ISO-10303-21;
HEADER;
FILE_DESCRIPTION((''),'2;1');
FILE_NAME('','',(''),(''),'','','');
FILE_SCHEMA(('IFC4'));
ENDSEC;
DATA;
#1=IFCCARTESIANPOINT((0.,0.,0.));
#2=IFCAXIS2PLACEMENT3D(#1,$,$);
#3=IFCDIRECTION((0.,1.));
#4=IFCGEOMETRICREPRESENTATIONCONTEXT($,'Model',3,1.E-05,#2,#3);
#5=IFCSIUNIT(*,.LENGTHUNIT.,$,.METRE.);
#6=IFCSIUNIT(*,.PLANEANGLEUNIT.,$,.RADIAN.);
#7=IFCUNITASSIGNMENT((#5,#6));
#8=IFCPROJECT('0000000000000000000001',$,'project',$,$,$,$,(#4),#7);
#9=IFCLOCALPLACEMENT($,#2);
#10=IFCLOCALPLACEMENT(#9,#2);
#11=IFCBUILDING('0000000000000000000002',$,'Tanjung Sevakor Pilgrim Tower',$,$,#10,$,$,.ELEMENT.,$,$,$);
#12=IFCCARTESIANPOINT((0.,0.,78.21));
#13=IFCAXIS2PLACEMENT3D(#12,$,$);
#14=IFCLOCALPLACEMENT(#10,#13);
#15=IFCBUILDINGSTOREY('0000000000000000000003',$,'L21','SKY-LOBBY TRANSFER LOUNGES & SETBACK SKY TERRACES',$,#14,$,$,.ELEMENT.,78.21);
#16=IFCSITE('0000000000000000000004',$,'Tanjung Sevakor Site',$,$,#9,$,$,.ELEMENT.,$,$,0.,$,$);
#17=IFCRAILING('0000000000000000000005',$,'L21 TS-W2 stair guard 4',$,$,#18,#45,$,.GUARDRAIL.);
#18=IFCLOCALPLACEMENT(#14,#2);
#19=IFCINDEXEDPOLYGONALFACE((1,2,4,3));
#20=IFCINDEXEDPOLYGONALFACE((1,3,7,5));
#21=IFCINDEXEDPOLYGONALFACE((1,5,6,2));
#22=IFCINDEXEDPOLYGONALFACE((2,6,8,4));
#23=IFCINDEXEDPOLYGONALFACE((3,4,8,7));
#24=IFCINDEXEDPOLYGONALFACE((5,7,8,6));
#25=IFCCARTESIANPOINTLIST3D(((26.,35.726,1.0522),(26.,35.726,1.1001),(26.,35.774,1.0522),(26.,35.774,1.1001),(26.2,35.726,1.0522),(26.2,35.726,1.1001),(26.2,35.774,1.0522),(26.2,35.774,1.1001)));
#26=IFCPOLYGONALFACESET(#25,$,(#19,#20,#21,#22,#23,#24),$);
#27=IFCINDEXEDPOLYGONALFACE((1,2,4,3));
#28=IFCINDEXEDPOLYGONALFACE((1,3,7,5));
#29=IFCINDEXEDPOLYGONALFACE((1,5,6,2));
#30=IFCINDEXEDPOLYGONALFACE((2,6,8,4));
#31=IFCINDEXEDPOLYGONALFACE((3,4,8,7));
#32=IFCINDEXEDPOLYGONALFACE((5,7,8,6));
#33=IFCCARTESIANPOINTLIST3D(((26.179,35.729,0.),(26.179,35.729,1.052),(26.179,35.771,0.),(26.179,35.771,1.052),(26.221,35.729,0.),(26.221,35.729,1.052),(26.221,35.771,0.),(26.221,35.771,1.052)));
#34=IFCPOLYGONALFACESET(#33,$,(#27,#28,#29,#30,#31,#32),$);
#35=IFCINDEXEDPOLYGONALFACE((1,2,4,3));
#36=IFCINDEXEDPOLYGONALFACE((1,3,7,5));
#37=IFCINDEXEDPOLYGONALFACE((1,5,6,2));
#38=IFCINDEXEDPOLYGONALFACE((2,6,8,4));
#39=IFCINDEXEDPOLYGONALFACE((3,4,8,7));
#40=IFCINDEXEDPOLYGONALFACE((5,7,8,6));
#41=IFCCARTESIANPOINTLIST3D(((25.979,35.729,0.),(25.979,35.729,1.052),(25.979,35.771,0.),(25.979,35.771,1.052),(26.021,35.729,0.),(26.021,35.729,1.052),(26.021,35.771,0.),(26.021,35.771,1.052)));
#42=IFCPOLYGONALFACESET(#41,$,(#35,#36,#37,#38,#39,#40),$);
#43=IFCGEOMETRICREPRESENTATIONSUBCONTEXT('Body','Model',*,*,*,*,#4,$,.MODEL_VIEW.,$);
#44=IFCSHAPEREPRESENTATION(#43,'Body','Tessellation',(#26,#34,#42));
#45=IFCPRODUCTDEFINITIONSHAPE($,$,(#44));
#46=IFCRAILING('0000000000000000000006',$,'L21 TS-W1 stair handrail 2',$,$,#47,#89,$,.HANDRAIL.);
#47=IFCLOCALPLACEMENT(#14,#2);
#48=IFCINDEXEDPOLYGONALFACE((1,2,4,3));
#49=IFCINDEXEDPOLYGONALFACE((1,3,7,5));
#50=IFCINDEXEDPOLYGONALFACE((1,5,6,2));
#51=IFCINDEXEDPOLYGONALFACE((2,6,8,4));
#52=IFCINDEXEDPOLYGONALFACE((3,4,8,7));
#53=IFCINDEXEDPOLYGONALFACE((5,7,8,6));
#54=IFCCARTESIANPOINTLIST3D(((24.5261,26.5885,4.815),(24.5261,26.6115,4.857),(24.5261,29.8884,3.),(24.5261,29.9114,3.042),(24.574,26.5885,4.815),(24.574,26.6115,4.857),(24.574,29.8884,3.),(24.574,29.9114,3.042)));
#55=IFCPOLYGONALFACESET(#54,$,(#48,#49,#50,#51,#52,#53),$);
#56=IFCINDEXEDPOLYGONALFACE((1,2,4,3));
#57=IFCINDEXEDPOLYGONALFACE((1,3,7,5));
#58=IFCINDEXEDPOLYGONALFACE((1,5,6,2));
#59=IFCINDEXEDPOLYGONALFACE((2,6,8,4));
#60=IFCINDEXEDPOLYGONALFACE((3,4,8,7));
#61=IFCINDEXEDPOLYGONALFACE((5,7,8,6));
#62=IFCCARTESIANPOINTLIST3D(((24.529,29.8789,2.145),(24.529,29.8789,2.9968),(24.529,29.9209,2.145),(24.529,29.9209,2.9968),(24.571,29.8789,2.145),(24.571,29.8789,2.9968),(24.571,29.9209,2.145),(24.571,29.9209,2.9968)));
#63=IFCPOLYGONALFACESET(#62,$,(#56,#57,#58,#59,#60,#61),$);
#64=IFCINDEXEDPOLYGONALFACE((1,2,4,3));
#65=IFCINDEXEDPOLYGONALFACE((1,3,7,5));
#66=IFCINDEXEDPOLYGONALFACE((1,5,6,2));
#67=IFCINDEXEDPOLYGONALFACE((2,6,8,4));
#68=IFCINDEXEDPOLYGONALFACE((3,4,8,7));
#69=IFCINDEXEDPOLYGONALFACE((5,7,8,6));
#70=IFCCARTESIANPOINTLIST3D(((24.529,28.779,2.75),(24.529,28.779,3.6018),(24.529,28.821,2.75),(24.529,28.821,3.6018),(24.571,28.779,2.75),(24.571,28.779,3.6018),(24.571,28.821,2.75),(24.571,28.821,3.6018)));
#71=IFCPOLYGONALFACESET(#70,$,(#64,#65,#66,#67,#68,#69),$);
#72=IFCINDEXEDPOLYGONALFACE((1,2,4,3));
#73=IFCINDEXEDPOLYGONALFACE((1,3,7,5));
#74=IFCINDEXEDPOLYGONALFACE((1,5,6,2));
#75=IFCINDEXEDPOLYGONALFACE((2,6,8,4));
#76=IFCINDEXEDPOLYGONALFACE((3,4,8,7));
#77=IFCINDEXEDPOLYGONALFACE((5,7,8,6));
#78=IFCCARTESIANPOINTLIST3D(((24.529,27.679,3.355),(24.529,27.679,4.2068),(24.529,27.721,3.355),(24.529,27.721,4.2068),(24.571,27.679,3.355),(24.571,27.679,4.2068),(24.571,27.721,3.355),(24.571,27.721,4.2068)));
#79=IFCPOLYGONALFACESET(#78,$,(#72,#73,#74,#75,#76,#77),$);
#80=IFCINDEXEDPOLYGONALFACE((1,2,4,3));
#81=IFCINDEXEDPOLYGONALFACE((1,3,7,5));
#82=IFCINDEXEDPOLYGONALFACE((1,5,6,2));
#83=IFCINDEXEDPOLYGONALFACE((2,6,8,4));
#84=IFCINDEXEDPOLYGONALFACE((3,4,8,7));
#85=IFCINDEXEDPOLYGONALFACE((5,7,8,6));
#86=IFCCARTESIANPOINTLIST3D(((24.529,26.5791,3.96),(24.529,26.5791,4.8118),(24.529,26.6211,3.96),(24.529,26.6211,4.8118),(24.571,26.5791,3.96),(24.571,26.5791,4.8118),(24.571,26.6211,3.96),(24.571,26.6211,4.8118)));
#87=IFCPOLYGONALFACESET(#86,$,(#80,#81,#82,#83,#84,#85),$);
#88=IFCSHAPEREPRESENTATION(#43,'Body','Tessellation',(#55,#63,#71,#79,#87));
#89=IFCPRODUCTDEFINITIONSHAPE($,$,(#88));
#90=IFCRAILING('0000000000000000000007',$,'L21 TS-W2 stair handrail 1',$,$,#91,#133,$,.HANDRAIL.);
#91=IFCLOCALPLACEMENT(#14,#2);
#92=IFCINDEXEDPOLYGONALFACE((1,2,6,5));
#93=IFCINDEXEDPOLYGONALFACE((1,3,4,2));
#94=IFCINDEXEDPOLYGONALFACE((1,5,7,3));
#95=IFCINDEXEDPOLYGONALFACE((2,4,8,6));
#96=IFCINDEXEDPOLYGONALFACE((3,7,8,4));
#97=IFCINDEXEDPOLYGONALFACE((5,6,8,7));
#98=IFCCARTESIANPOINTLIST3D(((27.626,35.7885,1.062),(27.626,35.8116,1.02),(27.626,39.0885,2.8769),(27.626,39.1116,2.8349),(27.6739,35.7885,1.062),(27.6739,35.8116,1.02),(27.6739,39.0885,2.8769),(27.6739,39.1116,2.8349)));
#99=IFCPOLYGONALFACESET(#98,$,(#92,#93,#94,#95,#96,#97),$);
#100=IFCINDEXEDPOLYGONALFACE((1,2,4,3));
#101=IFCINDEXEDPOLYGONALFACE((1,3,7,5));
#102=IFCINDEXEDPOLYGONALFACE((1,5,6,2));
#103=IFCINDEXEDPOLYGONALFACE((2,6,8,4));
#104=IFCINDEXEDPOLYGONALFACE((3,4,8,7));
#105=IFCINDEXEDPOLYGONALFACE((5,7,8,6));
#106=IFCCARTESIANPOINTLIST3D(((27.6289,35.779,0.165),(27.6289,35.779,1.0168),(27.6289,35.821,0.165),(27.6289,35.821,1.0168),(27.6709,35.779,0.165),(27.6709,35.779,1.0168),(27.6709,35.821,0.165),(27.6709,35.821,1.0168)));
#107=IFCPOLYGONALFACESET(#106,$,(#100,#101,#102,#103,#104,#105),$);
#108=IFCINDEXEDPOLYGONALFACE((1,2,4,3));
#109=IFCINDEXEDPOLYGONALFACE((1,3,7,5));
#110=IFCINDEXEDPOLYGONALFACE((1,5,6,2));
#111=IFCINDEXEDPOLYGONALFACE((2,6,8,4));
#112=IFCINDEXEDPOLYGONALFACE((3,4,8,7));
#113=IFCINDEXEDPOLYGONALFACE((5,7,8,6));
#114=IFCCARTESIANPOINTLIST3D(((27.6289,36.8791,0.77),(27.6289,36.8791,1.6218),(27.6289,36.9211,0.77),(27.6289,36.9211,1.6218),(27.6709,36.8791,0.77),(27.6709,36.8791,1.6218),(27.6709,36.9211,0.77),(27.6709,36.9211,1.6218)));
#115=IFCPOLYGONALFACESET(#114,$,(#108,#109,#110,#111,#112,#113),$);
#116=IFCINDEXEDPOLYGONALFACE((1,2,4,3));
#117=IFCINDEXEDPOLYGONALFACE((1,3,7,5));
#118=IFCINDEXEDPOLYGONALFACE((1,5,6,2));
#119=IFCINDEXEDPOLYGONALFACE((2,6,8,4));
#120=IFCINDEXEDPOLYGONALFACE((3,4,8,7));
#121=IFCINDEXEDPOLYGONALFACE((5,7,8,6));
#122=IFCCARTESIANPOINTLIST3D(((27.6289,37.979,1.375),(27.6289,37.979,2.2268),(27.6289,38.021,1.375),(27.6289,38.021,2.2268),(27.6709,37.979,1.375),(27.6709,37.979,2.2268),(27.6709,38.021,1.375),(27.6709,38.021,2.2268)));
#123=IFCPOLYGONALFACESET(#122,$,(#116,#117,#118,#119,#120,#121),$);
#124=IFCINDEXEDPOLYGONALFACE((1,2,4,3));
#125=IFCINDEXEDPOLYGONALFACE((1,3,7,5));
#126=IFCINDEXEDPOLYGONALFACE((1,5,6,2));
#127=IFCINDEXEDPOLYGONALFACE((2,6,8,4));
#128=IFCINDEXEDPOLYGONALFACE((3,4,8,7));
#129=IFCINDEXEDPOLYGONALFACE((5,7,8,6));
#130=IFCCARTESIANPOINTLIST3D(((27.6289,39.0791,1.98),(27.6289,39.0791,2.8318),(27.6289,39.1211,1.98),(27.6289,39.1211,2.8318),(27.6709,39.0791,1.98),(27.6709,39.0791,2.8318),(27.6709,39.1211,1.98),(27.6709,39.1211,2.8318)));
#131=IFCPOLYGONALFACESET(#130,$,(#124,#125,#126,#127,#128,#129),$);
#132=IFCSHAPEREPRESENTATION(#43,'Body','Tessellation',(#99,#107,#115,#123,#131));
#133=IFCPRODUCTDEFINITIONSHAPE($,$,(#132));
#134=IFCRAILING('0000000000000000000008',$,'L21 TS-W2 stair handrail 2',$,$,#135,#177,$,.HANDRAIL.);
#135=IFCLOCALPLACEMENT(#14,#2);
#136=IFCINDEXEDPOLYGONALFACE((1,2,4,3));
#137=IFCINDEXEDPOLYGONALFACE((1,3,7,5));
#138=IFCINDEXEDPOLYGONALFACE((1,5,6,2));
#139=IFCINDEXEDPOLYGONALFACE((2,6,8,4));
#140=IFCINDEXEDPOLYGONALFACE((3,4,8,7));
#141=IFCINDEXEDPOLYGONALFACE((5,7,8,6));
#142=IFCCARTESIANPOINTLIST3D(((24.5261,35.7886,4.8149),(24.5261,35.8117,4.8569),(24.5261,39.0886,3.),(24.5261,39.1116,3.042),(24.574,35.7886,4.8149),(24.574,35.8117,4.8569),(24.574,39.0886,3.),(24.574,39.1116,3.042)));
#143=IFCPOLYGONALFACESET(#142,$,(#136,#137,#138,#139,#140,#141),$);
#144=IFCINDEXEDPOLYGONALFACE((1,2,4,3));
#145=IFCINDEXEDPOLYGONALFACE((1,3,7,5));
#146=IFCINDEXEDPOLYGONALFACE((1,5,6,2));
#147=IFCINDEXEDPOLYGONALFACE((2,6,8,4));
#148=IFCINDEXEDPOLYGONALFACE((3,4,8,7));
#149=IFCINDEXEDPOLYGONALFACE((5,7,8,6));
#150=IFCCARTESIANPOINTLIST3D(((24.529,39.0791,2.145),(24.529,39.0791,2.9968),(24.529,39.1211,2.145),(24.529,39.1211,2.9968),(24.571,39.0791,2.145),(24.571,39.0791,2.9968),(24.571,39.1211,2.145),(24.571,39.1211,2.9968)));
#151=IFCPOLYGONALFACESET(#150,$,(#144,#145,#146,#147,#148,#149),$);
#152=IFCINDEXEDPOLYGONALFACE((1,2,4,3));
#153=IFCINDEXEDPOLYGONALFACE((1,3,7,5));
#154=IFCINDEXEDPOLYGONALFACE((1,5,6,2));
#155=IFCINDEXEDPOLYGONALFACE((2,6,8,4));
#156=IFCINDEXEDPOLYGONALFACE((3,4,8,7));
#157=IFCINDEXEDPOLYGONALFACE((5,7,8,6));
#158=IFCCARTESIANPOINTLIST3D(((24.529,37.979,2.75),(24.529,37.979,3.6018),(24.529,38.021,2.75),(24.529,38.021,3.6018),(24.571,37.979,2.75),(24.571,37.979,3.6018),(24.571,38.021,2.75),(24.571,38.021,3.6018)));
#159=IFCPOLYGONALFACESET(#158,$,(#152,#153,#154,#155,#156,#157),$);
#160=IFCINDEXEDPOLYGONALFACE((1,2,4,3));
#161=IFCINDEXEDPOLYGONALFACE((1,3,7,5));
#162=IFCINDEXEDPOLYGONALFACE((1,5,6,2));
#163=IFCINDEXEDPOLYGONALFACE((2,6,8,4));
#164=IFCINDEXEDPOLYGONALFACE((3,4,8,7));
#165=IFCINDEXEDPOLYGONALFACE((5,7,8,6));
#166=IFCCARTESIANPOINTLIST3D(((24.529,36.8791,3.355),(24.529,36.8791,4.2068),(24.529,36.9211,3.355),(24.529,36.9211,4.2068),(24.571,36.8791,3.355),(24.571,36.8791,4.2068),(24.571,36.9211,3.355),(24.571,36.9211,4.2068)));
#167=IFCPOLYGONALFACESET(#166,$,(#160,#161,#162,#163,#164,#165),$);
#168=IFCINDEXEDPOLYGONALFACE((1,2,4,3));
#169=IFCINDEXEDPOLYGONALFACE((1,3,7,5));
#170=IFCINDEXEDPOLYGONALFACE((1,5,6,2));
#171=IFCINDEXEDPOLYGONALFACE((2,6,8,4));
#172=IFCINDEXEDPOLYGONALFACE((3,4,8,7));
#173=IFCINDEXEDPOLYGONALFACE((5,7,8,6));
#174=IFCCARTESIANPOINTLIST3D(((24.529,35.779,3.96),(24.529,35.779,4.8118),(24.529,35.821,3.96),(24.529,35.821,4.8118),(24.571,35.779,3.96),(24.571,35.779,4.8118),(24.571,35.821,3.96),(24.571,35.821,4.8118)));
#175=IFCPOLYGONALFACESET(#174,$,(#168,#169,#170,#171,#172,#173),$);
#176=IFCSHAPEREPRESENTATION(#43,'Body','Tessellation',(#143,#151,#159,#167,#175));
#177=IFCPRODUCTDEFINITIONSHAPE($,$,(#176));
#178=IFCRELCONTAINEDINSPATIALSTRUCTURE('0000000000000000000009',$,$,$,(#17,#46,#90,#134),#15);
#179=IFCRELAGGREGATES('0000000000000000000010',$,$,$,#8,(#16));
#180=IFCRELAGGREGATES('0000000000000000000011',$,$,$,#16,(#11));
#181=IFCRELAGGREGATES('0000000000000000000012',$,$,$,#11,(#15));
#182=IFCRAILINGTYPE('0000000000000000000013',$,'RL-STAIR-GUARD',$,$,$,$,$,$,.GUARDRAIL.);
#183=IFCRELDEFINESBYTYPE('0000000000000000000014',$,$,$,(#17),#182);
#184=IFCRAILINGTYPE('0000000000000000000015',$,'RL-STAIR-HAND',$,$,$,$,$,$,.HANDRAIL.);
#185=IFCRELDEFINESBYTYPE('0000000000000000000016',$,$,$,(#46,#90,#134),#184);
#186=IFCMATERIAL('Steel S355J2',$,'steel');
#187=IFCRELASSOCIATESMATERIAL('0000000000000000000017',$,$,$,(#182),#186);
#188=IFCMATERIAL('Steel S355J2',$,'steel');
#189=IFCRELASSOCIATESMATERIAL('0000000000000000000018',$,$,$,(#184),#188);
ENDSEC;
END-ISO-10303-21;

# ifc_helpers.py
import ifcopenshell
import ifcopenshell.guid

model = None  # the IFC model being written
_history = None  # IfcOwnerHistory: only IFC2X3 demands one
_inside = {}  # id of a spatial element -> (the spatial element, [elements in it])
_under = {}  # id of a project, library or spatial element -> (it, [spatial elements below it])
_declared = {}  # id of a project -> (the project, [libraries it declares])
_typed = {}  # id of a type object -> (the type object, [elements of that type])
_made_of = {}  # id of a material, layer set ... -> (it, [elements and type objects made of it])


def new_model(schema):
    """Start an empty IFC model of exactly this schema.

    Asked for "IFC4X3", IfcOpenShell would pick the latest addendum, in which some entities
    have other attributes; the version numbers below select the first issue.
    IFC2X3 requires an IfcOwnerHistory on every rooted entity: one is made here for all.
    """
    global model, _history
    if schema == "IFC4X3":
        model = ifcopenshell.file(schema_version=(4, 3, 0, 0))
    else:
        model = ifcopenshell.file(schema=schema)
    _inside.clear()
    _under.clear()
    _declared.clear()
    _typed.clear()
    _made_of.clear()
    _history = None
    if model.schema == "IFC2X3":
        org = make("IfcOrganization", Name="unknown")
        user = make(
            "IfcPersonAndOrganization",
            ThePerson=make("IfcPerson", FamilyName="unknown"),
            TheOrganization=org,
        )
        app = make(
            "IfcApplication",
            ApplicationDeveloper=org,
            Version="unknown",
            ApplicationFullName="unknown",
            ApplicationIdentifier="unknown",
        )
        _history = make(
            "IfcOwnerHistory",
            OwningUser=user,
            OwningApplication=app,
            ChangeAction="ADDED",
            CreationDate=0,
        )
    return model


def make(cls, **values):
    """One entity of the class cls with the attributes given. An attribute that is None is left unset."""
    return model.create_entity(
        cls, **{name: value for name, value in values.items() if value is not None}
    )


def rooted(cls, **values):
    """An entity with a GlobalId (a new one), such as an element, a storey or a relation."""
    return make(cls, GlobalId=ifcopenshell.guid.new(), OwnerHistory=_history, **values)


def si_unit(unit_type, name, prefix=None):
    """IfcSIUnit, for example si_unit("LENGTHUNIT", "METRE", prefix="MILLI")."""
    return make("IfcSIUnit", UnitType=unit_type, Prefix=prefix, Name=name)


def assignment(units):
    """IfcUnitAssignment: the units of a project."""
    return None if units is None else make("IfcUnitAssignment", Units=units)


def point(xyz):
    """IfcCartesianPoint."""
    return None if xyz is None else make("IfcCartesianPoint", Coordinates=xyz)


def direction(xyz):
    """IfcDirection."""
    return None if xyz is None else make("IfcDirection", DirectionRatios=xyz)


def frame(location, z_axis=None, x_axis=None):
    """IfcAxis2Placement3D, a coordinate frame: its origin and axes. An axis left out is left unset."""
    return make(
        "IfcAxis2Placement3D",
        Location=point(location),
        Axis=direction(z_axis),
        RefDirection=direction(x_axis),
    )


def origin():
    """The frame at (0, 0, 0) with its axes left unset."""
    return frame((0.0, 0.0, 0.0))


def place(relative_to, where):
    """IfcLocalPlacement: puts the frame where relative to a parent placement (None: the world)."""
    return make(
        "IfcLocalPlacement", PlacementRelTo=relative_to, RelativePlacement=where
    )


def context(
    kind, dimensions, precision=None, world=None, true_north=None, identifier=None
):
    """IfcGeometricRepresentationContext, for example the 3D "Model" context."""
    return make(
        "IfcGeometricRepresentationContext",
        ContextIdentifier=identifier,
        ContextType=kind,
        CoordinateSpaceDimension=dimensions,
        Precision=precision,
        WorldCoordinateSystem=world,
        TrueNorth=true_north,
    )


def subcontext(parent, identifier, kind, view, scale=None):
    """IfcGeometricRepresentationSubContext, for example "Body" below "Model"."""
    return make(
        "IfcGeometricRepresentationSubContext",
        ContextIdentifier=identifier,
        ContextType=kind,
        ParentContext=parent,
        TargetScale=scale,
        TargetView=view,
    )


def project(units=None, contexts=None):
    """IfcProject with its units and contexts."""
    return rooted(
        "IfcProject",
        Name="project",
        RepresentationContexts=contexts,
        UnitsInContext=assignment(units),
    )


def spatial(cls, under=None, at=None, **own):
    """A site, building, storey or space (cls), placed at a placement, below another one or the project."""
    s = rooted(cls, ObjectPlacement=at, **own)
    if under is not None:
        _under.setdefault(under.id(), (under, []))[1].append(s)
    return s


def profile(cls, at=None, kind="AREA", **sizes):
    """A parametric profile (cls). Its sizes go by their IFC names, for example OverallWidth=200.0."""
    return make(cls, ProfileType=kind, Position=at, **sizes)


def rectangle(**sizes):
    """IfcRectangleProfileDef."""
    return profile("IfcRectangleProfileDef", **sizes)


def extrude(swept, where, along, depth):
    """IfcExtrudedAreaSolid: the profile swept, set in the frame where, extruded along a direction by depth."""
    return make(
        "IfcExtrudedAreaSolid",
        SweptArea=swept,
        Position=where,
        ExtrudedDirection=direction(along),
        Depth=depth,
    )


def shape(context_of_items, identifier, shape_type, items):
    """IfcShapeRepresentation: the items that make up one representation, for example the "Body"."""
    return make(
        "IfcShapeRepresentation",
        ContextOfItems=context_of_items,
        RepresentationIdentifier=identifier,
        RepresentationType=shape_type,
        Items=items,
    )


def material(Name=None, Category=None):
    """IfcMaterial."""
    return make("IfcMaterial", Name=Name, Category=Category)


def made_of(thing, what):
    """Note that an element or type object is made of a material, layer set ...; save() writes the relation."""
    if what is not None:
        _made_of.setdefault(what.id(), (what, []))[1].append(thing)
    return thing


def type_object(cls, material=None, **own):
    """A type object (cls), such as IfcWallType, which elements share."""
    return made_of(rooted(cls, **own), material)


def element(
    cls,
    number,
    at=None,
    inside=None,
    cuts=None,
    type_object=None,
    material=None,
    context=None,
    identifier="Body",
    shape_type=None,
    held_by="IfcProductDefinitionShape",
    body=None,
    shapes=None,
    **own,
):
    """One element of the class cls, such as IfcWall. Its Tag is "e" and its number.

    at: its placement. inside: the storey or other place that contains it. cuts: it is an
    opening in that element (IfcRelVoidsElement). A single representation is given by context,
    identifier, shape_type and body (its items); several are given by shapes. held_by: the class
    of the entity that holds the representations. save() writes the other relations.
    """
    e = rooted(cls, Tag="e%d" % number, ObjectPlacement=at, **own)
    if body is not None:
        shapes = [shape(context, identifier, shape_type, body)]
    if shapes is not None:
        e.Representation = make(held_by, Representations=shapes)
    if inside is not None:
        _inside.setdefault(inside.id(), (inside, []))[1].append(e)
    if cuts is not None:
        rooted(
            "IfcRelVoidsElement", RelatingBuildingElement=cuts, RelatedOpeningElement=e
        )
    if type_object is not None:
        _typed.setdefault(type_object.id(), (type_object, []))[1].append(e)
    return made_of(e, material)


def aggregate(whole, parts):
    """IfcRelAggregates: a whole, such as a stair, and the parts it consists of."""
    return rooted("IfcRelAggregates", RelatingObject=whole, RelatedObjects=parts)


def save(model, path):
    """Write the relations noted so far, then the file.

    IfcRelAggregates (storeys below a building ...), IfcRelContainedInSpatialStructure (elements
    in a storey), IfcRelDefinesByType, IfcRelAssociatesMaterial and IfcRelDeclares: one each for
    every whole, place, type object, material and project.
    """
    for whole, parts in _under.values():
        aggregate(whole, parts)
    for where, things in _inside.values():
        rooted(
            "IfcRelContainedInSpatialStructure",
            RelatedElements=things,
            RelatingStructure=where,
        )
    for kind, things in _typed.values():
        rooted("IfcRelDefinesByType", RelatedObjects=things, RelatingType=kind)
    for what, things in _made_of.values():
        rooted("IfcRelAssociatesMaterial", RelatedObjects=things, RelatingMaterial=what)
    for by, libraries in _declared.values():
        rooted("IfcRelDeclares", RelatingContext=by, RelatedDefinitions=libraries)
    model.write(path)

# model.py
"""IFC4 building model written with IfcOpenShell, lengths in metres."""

from ifc_helpers import new_model, si_unit, direction, frame, origin, place, context, subcontext, project, spatial, rectangle, extrude, material, type_object, element, save


model = new_model("IFC4")

# Units and contexts
model_context = context("Model", 3, precision=1e-05, world=origin(), true_north=direction((0.0, 1.0)))
body_context = subcontext(model_context, "Body", "Model", "MODEL_VIEW")
ifc_project = project(units=[si_unit("LENGTHUNIT", "METRE"), si_unit("PLANEANGLEUNIT", "RADIAN")], contexts=[model_context])

# Site, building, storey
site_placement = place(None, origin())
site = spatial("IfcSite", under=ifc_project, at=site_placement, Name="Tanjung Sevakor Site", CompositionType="ELEMENT", RefElevation=0.0)
building_placement = place(site_placement, origin())
building = spatial("IfcBuilding", under=site, at=building_placement, Name="Tanjung Sevakor Pilgrim Tower", CompositionType="ELEMENT")
storey_placement = place(building_placement, frame((0.0, 0.0, 78.21)))
storey = spatial("IfcBuildingStorey", under=building, at=storey_placement, Name="L21", Description="SKY-LOBBY TRANSFER LOUNGES & SETBACK SKY TERRACES", CompositionType="ELEMENT", Elevation=78.21)

# Railings
ifc_material_1 = material(Name="Steel S355J2", Category="steel")
railing_type_1 = type_object("IfcRailingType", Name="RL-STAIR-GUARD", PredefinedType="GUARDRAIL", material=ifc_material_1)
railing_1_placement = place(storey_placement, frame((26.2, 35.75, 0.0)))
element("IfcRailing", 1, at=railing_1_placement, inside=storey, type_object=railing_type_1, Name="L21 TS-W2 stair guard 4", PredefinedType="GUARDRAIL", context=body_context, shape_type="SweptSolid", body=[
    extrude(rectangle(XDim=0.0479, YDim=0.0479), frame((0.0, 0.0, 1.0762), z_axis=(-1.0, 0.0, 0.0), x_axis=(0.0, -1.0, 0.0)), (0.0, 0.0, 1.0), 0.2),
    extrude(rectangle(XDim=0.042, YDim=0.042), origin(), (0.0, 0.0, 1.0), 1.052),
    extrude(rectangle(XDim=0.042, YDim=0.042), frame((-0.2, 0.0, 0.0)), (0.0, 0.0, 1.0), 1.052),
])
ifc_material_2 = material(Name="Steel S355J2", Category="steel")
railing_type_2 = type_object("IfcRailingType", Name="RL-STAIR-HAND", PredefinedType="HANDRAIL", material=ifc_material_2)
railing_2_placement = place(storey_placement, frame((24.55, 29.8999, 2.145)))
element("IfcRailing", 2, at=railing_2_placement, inside=storey, type_object=railing_type_2, Name="L21 TS-W1 stair handrail 2", PredefinedType="HANDRAIL", context=body_context, shape_type="SweptSolid", body=[
    extrude(rectangle(XDim=0.0479, YDim=0.0479), frame((0.0, 0.0, 0.876), z_axis=(0.0, -0.87621, 0.481929), x_axis=(1.0, 0.0, 0.0)), (0.0, 0.0, 1.0), 3.7661),
    extrude(rectangle(XDim=0.042, YDim=0.042), origin(), (0.0, 0.0, 1.0), 0.8518),
    extrude(rectangle(XDim=0.042, YDim=0.042), frame((0.0, -1.0999, 0.605)), (0.0, 0.0, 1.0), 0.8518),
    extrude(rectangle(XDim=0.042, YDim=0.042), frame((0.0, -2.2, 1.21)), (0.0, 0.0, 1.0), 0.8518),
    extrude(rectangle(XDim=0.042, YDim=0.042), frame((0.0, -3.2998, 1.8149)), (0.0, 0.0, 1.0), 0.8518),
])
railing_3_placement = place(storey_placement, frame((27.6499, 35.8, 0.165)))
element("IfcRailing", 3, at=railing_3_placement, inside=storey, type_object=railing_type_2, Name="L21 TS-W2 stair handrail 1", PredefinedType="HANDRAIL", context=body_context, shape_type="SweptSolid", body=[
    extrude(rectangle(XDim=0.0479, YDim=0.0479), frame((0.0, 0.0, 0.876), z_axis=(0.0, 0.876225, 0.481901), x_axis=(-1.0, 0.0, 0.0)), (0.0, 0.0, 1.0), 3.7661),
    extrude(rectangle(XDim=0.042, YDim=0.042), origin(), (0.0, 0.0, 1.0), 0.8518),
    extrude(rectangle(XDim=0.042, YDim=0.042), frame((0.0, 1.1001, 0.605)), (0.0, 0.0, 1.0), 0.8518),
    extrude(rectangle(XDim=0.042, YDim=0.042), frame((0.0, 2.2, 1.21)), (0.0, 0.0, 1.0), 0.8518),
    extrude(rectangle(XDim=0.042, YDim=0.042), frame((0.0, 3.3, 1.8149)), (0.0, 0.0, 1.0), 0.8518),
])
railing_4_placement = place(storey_placement, frame((24.55, 39.1001, 2.145)))
element("IfcRailing", 4, at=railing_4_placement, inside=storey, type_object=railing_type_2, Name="L21 TS-W2 stair handrail 2", PredefinedType="HANDRAIL", context=body_context, shape_type="SweptSolid", body=[
    extrude(rectangle(XDim=0.0479, YDim=0.0479), frame((0.0, 0.0, 0.876), z_axis=(0.0, -0.876225, 0.481901), x_axis=(1.0, 0.0, 0.0)), (0.0, 0.0, 1.0), 3.7661),
    extrude(rectangle(XDim=0.042, YDim=0.042), origin(), (0.0, 0.0, 1.0), 0.8518),
    extrude(rectangle(XDim=0.042, YDim=0.042), frame((0.0, -1.1001, 0.605)), (0.0, 0.0, 1.0), 0.8518),
    extrude(rectangle(XDim=0.042, YDim=0.042), frame((0.0, -2.2, 1.21)), (0.0, 0.0, 1.0), 0.8518),
    extrude(rectangle(XDim=0.042, YDim=0.042), frame((0.0, -3.3, 1.8149)), (0.0, 0.0, 1.0), 0.8518),
])

save(model, "model.ifc")
